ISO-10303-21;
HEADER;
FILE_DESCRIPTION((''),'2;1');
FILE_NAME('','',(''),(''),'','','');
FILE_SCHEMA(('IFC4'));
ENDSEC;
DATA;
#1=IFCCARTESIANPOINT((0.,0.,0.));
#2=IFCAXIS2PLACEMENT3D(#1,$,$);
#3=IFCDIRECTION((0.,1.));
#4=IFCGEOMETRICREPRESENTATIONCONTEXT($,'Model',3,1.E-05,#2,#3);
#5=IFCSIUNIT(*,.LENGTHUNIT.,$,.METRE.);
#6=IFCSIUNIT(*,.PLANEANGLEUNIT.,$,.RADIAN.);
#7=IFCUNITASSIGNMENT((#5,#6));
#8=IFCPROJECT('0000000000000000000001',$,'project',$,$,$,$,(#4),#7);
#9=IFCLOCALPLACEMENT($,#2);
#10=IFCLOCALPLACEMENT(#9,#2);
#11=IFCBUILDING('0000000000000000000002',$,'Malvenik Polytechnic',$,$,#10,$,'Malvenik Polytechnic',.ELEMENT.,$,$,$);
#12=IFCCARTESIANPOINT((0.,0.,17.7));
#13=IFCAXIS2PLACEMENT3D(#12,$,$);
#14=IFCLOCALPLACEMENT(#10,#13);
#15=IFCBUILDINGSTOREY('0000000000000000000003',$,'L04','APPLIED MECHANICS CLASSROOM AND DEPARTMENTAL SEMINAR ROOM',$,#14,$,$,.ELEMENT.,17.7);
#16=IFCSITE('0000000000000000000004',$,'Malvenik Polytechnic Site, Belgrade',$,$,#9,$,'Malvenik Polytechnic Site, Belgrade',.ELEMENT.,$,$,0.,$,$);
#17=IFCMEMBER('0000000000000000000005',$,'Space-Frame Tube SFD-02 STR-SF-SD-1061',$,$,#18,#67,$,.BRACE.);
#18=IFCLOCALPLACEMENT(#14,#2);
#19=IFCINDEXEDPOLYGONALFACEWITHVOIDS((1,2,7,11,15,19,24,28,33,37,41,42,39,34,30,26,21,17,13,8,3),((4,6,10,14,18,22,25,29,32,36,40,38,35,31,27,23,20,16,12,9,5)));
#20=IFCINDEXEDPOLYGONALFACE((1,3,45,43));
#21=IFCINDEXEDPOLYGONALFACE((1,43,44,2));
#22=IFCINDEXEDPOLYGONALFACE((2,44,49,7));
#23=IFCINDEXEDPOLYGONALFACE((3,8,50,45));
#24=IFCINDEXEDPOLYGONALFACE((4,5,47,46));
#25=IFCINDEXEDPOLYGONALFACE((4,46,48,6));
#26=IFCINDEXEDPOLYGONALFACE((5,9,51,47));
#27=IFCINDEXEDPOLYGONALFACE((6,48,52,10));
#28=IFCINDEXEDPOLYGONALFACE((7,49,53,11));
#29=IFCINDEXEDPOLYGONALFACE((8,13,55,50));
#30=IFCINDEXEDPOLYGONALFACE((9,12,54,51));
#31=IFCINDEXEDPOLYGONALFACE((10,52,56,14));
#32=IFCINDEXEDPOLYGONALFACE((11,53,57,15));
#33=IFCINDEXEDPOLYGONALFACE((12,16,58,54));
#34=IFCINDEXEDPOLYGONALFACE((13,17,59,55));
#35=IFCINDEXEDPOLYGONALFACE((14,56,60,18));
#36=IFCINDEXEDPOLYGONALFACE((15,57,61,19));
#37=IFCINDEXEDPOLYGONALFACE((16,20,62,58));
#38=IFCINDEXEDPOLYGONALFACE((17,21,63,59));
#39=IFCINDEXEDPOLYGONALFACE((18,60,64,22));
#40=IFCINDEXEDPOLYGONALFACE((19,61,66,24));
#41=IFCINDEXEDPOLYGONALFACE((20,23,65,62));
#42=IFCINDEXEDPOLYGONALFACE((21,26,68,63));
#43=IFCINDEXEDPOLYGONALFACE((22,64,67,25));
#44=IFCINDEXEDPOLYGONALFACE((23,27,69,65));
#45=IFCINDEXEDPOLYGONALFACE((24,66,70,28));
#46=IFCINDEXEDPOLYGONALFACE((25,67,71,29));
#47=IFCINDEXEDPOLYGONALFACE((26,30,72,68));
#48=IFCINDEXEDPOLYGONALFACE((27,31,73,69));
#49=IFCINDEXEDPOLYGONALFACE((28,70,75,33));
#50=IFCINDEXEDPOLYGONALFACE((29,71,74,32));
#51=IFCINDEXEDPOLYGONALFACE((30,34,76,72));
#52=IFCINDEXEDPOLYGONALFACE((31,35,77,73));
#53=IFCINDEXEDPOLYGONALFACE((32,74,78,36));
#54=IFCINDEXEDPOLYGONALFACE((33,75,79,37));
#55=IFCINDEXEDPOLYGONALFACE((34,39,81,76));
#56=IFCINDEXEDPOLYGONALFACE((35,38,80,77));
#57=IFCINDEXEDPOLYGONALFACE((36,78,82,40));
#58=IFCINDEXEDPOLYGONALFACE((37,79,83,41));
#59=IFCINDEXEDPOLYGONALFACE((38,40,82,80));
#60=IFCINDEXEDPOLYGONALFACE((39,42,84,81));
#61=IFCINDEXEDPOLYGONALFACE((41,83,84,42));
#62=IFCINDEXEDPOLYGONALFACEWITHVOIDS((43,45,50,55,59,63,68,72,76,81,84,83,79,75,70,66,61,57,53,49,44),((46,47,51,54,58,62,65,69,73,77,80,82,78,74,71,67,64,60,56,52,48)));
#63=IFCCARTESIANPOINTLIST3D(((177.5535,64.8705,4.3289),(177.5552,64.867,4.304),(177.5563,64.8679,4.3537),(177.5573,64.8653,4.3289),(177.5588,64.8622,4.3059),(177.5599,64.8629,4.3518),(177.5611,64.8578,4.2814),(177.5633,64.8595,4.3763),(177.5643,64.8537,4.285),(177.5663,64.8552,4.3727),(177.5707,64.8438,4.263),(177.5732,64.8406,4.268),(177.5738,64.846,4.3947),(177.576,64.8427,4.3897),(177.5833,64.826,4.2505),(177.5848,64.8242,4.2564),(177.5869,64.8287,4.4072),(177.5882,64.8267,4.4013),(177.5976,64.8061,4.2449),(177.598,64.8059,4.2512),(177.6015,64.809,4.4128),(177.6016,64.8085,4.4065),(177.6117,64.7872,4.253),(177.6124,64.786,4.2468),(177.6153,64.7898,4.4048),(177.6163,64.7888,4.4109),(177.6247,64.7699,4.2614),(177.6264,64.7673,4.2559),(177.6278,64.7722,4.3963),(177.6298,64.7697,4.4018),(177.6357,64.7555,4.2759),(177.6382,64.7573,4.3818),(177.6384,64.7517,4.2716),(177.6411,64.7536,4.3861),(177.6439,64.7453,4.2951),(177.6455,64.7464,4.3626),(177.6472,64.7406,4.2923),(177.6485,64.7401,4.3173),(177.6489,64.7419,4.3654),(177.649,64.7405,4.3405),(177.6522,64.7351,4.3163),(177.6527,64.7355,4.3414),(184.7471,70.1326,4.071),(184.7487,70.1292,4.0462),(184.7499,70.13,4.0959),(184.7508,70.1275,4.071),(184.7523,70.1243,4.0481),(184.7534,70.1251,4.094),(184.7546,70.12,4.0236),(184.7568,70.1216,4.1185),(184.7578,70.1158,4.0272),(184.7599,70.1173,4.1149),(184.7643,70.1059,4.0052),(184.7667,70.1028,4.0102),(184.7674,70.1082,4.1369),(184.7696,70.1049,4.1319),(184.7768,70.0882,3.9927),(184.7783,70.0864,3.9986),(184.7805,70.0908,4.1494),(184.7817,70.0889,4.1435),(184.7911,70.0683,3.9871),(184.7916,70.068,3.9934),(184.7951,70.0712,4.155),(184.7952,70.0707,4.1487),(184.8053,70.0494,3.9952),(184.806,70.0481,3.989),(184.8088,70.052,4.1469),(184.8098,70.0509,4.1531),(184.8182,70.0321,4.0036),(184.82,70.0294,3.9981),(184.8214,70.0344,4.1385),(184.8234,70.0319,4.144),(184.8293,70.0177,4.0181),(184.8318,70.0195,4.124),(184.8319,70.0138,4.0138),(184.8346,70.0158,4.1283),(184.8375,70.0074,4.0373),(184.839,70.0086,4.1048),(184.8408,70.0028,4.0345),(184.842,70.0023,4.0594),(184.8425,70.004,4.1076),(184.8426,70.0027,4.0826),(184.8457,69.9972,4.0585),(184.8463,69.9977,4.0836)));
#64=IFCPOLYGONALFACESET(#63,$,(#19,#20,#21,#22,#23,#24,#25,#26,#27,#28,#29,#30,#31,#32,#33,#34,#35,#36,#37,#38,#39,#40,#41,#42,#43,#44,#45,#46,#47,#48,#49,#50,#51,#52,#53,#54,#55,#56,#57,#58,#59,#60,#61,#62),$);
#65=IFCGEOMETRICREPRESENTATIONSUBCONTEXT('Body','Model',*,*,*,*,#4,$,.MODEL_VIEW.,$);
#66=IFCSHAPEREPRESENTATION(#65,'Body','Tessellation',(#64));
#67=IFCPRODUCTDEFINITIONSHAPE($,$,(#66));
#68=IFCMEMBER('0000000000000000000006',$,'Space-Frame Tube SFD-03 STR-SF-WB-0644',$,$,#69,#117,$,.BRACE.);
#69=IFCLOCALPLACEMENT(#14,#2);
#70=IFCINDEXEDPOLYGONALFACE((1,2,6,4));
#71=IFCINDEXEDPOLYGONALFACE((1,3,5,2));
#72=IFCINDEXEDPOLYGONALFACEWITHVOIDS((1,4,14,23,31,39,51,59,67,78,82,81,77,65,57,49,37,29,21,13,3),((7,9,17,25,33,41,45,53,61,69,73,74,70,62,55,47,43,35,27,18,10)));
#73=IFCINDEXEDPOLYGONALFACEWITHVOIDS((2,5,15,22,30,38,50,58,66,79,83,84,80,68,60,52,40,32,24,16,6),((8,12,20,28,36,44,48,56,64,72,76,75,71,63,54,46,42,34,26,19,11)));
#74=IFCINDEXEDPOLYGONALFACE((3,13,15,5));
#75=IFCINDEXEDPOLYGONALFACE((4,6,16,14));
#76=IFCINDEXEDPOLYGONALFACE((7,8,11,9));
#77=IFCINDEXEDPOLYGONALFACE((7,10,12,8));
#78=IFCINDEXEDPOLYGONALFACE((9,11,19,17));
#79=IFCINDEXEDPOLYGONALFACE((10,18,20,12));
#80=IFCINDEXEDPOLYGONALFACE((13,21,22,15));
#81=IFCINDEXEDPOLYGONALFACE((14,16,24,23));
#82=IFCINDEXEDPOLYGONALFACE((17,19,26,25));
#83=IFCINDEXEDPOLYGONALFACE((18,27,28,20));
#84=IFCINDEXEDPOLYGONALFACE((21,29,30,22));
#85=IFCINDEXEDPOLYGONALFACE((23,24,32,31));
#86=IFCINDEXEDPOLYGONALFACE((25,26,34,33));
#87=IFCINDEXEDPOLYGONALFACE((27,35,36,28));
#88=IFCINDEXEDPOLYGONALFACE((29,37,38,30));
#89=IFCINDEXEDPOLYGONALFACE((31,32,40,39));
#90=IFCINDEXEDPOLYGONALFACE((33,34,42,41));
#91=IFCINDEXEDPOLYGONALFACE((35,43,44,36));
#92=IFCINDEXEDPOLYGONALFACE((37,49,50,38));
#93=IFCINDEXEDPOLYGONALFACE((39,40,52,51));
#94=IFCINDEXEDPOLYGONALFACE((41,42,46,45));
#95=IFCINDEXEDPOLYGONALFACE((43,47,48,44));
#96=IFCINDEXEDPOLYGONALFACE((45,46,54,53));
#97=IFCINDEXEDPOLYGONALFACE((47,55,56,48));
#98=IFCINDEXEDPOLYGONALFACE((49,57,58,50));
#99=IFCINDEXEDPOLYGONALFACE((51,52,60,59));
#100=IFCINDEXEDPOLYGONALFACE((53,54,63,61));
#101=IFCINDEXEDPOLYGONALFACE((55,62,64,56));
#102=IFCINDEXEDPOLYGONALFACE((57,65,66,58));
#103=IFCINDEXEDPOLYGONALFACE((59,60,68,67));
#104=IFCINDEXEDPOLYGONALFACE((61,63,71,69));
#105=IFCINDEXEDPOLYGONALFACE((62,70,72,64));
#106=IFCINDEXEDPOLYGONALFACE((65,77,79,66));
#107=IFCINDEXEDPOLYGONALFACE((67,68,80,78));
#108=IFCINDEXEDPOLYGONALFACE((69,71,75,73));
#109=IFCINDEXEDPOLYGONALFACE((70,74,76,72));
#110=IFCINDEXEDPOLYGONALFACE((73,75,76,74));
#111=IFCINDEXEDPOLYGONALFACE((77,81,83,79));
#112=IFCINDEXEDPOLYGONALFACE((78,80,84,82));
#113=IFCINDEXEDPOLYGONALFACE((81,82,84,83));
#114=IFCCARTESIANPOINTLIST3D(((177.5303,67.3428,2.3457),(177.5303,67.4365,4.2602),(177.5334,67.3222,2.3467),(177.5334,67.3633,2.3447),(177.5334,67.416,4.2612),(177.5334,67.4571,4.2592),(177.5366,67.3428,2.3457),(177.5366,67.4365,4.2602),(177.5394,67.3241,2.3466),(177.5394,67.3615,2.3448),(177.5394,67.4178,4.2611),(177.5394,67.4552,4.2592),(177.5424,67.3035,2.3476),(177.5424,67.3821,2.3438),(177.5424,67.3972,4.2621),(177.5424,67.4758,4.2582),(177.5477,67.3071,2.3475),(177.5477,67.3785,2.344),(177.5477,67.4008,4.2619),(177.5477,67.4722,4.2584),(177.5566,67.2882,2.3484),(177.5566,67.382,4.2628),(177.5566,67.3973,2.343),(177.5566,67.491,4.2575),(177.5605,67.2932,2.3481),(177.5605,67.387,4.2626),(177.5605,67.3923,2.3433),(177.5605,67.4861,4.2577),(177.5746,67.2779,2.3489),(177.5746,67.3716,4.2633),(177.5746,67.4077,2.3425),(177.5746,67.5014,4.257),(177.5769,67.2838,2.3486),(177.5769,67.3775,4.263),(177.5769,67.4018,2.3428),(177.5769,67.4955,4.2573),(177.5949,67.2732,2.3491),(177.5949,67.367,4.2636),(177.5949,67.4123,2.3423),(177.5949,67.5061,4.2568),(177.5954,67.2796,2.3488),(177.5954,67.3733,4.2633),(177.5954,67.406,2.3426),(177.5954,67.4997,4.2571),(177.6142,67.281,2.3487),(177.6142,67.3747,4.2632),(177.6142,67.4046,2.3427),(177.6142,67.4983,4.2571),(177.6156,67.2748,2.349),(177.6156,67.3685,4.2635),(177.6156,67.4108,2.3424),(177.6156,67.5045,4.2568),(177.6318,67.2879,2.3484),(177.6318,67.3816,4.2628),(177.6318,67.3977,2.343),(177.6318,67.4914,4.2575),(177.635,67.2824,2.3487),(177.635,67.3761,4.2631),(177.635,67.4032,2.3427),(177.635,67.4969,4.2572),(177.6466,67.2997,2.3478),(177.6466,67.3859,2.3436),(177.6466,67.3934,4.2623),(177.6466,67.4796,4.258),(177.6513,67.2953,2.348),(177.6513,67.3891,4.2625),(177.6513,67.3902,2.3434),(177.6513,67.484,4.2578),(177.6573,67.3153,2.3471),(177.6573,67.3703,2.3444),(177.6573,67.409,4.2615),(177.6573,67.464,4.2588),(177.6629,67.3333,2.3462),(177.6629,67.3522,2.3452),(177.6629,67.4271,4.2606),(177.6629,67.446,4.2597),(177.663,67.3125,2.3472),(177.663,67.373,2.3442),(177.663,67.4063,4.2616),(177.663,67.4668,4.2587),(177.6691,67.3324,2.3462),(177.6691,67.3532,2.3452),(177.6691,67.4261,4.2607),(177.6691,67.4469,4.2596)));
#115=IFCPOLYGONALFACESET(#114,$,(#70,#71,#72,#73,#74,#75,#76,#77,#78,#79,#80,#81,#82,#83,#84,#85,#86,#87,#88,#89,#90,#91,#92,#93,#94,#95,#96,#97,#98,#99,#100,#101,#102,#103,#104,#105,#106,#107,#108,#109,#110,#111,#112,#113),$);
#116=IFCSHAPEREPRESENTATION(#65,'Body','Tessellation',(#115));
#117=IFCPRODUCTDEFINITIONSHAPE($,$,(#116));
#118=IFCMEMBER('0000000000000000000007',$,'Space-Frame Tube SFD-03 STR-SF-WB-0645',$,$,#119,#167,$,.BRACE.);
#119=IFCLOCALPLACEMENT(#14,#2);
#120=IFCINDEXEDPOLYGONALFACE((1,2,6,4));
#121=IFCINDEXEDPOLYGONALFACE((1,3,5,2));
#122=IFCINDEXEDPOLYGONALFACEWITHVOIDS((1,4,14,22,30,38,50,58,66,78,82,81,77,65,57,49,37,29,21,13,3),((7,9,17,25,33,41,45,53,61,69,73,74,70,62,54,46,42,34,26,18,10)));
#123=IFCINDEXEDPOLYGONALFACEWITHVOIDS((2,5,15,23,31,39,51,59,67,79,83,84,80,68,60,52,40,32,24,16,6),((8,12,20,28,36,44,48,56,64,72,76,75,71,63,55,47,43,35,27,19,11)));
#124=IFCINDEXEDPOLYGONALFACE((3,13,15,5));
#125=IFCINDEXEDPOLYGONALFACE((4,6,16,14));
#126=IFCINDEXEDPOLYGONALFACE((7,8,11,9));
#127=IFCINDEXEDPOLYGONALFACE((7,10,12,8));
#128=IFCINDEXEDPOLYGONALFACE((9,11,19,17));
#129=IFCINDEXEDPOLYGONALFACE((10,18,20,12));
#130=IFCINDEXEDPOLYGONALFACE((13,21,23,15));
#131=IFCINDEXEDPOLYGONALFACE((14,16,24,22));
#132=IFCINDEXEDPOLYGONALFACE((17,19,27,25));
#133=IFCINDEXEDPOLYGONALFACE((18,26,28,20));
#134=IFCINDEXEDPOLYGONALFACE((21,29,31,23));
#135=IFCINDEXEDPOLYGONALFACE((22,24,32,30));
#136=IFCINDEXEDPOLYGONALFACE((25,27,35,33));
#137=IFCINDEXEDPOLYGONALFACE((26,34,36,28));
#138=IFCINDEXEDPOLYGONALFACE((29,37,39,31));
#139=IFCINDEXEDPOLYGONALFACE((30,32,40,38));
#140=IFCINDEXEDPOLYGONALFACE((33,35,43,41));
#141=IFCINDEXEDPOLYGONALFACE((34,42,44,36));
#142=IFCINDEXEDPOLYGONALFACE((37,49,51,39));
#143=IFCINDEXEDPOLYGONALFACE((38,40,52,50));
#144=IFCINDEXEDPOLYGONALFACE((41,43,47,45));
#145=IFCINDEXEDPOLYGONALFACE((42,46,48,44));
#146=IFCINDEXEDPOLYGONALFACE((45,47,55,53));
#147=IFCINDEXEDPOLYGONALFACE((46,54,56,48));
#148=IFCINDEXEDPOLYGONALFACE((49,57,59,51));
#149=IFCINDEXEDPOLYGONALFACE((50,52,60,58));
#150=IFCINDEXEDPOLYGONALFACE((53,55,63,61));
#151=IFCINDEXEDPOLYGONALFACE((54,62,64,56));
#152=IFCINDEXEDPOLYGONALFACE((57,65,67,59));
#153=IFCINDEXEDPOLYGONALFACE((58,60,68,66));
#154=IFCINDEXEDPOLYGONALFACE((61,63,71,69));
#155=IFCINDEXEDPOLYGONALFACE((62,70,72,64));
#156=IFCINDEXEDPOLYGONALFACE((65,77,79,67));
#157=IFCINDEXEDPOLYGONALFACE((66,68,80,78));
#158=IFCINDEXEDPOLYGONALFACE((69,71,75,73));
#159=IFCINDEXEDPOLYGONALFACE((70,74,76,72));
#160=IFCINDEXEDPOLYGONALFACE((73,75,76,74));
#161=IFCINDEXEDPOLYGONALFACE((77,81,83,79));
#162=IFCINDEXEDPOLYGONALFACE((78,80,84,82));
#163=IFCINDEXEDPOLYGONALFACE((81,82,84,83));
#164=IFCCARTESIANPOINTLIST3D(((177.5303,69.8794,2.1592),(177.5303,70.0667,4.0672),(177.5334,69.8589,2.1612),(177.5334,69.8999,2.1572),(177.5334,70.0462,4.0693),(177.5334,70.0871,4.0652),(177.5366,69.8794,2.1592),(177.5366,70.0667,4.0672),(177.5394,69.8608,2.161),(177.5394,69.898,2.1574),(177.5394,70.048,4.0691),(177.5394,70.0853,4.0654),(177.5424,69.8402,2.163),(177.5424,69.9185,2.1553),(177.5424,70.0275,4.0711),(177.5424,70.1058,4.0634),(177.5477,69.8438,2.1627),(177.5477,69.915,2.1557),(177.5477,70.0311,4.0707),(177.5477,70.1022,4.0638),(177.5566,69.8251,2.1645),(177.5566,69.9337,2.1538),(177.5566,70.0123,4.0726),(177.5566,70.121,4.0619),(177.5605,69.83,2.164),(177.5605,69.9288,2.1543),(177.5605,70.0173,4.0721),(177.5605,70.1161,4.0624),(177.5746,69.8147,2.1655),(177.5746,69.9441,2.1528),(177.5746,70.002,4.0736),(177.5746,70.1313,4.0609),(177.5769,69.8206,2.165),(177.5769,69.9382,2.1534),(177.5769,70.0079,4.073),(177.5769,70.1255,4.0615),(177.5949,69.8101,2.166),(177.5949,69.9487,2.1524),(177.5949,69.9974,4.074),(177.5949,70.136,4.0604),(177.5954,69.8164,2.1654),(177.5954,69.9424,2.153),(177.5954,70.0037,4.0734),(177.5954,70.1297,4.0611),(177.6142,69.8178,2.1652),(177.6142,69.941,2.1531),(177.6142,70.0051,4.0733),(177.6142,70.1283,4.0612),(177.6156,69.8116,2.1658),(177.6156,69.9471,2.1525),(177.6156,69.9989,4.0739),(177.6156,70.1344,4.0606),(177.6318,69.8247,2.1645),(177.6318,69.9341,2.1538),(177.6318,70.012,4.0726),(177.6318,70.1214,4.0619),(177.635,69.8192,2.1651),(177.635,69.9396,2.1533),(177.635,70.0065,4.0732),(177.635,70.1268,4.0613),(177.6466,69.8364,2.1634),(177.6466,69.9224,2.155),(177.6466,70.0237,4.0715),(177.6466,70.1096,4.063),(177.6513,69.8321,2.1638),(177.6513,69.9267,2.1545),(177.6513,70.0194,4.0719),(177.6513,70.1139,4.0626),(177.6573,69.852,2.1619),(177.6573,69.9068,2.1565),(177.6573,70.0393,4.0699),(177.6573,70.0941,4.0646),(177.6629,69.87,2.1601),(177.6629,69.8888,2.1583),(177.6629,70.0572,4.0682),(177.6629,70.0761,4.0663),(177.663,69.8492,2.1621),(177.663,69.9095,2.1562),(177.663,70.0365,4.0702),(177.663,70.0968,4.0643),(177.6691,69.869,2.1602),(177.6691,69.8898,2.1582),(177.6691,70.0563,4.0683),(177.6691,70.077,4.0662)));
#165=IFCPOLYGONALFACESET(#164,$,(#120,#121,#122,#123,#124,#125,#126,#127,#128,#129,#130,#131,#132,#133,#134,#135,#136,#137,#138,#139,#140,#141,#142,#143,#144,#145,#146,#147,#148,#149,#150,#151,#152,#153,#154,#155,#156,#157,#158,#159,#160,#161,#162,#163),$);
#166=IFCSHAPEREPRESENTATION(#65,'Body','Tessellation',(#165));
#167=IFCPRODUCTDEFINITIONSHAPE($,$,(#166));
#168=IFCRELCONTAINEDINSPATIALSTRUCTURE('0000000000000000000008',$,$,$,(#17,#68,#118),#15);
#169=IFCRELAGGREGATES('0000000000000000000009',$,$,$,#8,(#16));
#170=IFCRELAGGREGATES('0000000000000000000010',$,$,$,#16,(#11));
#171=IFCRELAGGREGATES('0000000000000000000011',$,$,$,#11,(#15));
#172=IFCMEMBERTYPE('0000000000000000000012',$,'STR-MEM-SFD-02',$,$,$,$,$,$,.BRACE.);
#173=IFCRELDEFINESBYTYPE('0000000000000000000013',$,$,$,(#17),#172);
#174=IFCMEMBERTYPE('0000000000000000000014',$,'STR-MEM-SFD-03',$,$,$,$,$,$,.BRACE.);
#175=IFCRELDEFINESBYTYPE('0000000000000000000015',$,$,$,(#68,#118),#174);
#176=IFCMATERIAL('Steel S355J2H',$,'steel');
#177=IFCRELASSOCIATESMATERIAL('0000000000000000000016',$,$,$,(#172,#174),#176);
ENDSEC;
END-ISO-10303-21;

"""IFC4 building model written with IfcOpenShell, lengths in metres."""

from ifc_helpers import new_model, si_unit, direction, frame, origin, origin_2d, place, context, subcontext, project, spatial, hollow_circle, extrude, material, material_profile, profile_set, type_object, element, save


model = new_model("IFC4")

# Units and contexts
model_context = context("Model", 3, precision=1e-05, world=origin(), true_north=direction((0.0, 1.0)))
body_context = subcontext(model_context, "Body", "Model", "MODEL_VIEW")
ifc_project = project(units=[si_unit("LENGTHUNIT", "METRE"), si_unit("PLANEANGLEUNIT", "RADIAN")], contexts=[model_context])

# Site, building, storey
site_placement = place(None, origin())
site = spatial("IfcSite", under=ifc_project, at=site_placement, Name="Malvenik Polytechnic Site, Belgrade", LongName="Malvenik Polytechnic Site, Belgrade", CompositionType="ELEMENT", RefElevation=0.0)
building_placement = place(site_placement, origin())
building = spatial("IfcBuilding", under=site, at=building_placement, Name="Malvenik Polytechnic", LongName="Malvenik Polytechnic", CompositionType="ELEMENT")
storey_placement = place(building_placement, frame((0.0, 0.0, 17.7)))
storey = spatial("IfcBuildingStorey", under=building, at=storey_placement, Name="L04", Description="APPLIED MECHANICS CLASSROOM AND DEPARTMENTAL SEMINAR ROOM", CompositionType="ELEMENT", Elevation=17.7)

# Members
ifc_material_1 = material(Name="Steel S355J2H", Category="steel")
ifc_material_profile_1 = material_profile(ifc_material_1, hollow_circle(Radius=0.0842, WallThickness=0.0063, at=origin_2d()), Name="CHS 168.3x6.3")
ifc_profile_set_1 = profile_set([ifc_material_profile_1], Name="Steel S355J2H")
member_type_1 = type_object("IfcMemberType", Name="STR-MEM-SFD-02", PredefinedType="BRACE", material=ifc_profile_set_1)
member_1_placement = place(storey_placement, frame((177.6033, 64.8025, 4.3289), z_axis=(0.806768, 0.59016, -0.028914), x_axis=(-0.590407, 0.807105, 0.0)))
element("IfcMember", 1, at=member_1_placement, inside=storey, type_object=member_type_1, Name="Space-Frame Tube SFD-02 STR-SF-SD-1061", PredefinedType="BRACE", context=body_context, shape_type="SweptSolid", body=[
    extrude(hollow_circle(Radius=0.0842, WallThickness=0.0063, at=origin_2d()), origin(), (0.0, 0.0, 1.0), 8.9165),
])
ifc_material_profile_2 = material_profile(ifc_material_1, hollow_circle(Radius=0.0698, WallThickness=0.0063, at=origin_2d()), Name="CHS 139.7x6.3")
ifc_profile_set_2 = profile_set([ifc_material_profile_2], Name="Steel S355J2H")
member_type_2 = type_object("IfcMemberType", Name="STR-MEM-SFD-03", PredefinedType="BRACE", material=ifc_profile_set_2)
member_2_placement = place(storey_placement, frame((177.6001, 67.3428, 2.3457), z_axis=(0.0, 0.048908, 0.998803), x_axis=(-1.0, 0.0, 0.0)))
element("IfcMember", 2, at=member_2_placement, inside=storey, type_object=member_type_2, Name="Space-Frame Tube SFD-03 STR-SF-WB-0644", PredefinedType="BRACE", context=body_context, shape_type="SweptSolid", body=[
    extrude(hollow_circle(Radius=0.0698, WallThickness=0.0063, at=origin_2d()), origin(), (0.0, 0.0, 1.0), 1.9167),
])
member_3_placement = place(storey_placement, frame((177.6001, 69.8794, 2.1592), z_axis=(0.0, 0.097675, 0.995218), x_axis=(-1.0, 0.0, 0.0)))
element("IfcMember", 3, at=member_3_placement, inside=storey, type_object=member_type_2, Name="Space-Frame Tube SFD-03 STR-SF-WB-0645", PredefinedType="BRACE", context=body_context, shape_type="SweptSolid", body=[
    extrude(hollow_circle(Radius=0.0698, WallThickness=0.0063, at=origin_2d()), origin(), (0.0, 0.0, 1.0), 1.9172),
])

save(model, "model.ifc")
